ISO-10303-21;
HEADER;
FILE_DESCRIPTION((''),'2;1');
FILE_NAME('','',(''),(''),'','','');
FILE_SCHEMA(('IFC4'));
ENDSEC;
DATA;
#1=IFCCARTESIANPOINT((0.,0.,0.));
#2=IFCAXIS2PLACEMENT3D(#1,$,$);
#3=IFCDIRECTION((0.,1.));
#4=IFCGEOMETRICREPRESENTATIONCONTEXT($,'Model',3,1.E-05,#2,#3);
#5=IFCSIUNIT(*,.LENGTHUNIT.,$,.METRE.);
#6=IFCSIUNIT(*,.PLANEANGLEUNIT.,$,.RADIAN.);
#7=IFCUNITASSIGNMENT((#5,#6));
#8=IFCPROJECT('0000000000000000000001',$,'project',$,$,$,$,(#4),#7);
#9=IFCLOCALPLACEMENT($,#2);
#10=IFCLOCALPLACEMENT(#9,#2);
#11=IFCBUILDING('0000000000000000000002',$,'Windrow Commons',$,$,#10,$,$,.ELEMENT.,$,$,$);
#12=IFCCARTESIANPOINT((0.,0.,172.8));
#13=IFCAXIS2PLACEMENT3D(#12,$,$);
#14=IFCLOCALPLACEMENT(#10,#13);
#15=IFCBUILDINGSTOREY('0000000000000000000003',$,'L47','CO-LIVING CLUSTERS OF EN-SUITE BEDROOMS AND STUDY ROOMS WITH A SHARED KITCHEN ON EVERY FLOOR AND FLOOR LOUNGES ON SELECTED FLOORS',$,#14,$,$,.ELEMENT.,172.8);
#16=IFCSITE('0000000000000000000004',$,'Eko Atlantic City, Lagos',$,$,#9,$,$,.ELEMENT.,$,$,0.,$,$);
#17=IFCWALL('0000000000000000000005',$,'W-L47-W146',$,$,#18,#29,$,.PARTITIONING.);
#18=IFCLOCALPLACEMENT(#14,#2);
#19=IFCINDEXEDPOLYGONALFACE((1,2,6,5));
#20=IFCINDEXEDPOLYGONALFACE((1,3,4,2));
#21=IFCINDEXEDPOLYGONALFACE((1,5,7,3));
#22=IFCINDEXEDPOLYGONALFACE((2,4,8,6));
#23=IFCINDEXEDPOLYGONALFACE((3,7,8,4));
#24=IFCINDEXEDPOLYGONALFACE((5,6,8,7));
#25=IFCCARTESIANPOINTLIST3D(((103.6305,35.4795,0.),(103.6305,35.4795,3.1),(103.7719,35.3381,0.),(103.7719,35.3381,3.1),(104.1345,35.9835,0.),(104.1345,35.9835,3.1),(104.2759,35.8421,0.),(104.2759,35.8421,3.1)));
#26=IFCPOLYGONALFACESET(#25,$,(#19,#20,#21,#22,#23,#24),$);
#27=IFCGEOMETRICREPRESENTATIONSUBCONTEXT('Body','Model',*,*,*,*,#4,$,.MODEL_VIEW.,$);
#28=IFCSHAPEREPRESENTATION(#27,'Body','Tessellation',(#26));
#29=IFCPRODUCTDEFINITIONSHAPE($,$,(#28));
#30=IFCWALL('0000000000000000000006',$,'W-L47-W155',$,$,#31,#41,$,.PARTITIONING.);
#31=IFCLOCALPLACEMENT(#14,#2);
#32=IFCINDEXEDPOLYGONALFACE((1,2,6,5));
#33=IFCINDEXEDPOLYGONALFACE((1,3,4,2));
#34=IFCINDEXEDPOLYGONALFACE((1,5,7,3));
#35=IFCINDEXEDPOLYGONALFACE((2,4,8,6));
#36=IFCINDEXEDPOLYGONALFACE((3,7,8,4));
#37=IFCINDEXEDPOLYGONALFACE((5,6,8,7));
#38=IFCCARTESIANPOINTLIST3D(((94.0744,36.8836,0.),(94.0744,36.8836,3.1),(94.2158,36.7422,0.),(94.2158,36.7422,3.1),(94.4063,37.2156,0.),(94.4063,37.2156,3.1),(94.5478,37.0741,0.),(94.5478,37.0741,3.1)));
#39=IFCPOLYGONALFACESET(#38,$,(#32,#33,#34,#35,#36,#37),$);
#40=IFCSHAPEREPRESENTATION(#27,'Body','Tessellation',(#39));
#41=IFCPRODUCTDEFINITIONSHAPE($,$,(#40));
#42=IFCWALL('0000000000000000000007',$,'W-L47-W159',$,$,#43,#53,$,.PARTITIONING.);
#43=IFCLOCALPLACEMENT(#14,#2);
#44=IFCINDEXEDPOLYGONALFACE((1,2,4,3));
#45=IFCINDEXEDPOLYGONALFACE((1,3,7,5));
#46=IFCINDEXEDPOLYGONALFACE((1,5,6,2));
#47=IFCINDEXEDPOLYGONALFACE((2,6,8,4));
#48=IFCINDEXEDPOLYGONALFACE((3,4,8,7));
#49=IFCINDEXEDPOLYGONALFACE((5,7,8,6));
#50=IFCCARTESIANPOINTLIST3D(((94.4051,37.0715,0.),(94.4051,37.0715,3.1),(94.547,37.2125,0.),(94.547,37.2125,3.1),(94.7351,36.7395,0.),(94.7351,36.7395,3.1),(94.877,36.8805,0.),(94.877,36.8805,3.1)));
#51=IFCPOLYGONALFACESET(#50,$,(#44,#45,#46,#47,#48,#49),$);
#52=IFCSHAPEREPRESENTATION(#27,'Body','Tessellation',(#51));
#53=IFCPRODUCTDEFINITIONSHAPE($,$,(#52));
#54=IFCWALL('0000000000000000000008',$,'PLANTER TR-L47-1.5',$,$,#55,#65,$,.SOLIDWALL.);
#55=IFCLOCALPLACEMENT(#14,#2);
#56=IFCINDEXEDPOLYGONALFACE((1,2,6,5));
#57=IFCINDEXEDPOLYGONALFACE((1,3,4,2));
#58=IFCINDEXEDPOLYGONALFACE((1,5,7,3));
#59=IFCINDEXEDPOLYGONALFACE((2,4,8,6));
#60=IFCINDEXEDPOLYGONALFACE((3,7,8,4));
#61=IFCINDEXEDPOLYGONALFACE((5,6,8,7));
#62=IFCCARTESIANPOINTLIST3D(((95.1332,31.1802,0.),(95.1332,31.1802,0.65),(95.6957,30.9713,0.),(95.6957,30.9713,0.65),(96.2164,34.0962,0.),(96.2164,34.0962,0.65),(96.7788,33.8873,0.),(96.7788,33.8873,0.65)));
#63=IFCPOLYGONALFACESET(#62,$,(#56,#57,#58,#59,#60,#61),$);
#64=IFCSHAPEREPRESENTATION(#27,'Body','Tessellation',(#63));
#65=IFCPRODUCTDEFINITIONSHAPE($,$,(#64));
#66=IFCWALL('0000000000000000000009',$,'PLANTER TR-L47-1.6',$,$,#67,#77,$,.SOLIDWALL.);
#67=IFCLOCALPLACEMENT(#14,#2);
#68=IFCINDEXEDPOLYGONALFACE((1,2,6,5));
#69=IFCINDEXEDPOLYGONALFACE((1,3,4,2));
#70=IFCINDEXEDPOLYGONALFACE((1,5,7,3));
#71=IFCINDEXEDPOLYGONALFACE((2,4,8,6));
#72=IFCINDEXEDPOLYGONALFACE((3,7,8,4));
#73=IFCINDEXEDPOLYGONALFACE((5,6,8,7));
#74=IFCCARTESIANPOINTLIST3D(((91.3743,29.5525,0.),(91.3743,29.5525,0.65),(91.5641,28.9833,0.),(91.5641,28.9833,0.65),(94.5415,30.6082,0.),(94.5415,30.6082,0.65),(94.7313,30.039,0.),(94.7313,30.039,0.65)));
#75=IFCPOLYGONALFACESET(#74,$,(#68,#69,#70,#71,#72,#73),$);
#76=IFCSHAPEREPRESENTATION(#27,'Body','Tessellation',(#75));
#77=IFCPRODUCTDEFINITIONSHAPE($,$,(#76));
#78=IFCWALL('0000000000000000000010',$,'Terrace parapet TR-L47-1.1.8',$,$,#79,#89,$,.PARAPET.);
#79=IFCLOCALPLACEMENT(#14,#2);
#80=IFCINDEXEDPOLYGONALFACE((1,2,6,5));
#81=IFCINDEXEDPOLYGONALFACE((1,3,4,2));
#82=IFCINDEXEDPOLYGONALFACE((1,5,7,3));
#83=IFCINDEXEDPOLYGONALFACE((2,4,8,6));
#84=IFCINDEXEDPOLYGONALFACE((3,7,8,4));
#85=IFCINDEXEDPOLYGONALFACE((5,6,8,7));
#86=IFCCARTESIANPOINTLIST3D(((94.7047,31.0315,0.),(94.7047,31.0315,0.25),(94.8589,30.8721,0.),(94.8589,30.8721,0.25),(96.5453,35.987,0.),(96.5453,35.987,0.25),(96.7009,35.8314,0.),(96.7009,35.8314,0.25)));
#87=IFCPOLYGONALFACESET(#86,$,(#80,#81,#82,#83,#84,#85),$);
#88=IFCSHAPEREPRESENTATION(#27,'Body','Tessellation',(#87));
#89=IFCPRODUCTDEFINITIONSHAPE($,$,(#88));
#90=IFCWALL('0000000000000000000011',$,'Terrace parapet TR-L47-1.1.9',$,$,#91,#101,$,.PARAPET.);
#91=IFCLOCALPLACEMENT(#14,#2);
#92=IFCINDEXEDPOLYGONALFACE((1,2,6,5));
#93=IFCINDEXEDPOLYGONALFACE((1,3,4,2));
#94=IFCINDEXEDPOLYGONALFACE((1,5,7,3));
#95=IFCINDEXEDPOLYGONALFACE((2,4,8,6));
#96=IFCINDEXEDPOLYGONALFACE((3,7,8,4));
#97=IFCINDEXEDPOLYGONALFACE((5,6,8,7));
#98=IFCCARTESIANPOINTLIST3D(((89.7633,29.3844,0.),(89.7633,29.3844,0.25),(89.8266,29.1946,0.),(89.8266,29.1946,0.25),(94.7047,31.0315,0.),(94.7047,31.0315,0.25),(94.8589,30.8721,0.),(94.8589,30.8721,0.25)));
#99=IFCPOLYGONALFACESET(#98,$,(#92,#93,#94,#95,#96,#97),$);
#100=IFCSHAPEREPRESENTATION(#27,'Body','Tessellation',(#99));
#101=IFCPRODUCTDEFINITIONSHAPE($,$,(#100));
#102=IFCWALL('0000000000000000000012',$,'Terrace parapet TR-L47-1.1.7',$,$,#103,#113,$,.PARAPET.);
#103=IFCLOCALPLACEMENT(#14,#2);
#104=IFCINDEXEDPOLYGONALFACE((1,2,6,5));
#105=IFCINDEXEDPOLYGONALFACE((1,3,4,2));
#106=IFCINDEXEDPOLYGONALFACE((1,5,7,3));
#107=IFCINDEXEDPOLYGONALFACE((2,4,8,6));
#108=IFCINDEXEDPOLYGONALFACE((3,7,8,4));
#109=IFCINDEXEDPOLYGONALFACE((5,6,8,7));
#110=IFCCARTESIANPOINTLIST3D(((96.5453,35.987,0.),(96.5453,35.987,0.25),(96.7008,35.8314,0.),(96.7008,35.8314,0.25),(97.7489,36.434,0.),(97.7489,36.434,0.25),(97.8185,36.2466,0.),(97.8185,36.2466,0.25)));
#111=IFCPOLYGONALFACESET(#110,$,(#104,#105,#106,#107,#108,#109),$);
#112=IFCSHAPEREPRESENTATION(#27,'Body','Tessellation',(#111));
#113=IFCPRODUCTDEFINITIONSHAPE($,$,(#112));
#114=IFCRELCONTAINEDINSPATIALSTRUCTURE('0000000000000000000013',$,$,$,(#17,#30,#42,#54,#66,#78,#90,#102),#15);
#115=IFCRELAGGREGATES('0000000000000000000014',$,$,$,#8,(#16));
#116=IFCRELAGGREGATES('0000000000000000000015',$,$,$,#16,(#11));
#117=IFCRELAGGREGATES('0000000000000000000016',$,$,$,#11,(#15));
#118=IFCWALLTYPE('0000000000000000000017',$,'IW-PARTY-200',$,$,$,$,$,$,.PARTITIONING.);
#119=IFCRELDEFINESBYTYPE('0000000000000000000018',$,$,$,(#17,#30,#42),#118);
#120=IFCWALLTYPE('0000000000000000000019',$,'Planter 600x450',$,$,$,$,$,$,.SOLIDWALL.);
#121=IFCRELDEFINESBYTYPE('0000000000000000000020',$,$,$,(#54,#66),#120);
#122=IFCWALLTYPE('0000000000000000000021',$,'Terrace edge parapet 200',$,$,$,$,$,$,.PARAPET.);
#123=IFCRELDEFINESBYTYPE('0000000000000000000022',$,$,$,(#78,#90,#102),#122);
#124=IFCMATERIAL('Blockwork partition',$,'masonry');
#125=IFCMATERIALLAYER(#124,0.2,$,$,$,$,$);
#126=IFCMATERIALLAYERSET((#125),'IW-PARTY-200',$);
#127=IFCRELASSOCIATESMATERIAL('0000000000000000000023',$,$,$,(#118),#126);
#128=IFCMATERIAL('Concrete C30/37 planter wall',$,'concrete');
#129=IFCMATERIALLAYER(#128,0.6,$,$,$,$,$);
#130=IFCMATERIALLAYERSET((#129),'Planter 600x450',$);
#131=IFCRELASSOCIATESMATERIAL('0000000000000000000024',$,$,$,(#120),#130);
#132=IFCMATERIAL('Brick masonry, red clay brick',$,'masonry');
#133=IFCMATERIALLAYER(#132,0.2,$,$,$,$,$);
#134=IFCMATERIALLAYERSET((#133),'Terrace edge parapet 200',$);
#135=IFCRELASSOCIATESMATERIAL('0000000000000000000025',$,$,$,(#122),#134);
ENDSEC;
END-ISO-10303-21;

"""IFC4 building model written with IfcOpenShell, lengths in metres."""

from ifc_helpers import new_model, si_unit, direction, frame, frame_2d, origin, place, context, subcontext, project, spatial, polyline, rectangle, outline, extrude, material, layer, layer_set, type_object, element, save


model = new_model("IFC4")

# Units and contexts
model_context = context("Model", 3, precision=1e-05, world=origin(), true_north=direction((0.0, 1.0)))
body_context = subcontext(model_context, "Body", "Model", "MODEL_VIEW")
ifc_project = project(units=[si_unit("LENGTHUNIT", "METRE"), si_unit("PLANEANGLEUNIT", "RADIAN")], contexts=[model_context])

# Site, building, storey
site_placement = place(None, origin())
site = spatial("IfcSite", under=ifc_project, at=site_placement, Name="Eko Atlantic City, Lagos", CompositionType="ELEMENT", RefElevation=0.0)
building_placement = place(site_placement, origin())
building = spatial("IfcBuilding", under=site, at=building_placement, Name="Windrow Commons", CompositionType="ELEMENT")
storey_placement = place(building_placement, frame((0.0, 0.0, 172.8)))
storey = spatial("IfcBuildingStorey", under=building, at=storey_placement, Name="L47", Description="CO-LIVING CLUSTERS OF EN-SUITE BEDROOMS AND STUDY ROOMS WITH A SHARED KITCHEN ON EVERY FLOOR AND FLOOR LOUNGES ON SELECTED FLOORS", CompositionType="ELEMENT", Elevation=172.8)

# Walls
ifc_material_1 = material(Name="Blockwork partition", Category="masonry")
ifc_layer_1 = layer(ifc_material_1, 0.2)
ifc_layer_set_1 = layer_set([ifc_layer_1], Name="IW-PARTY-200")
wall_type_1 = type_object("IfcWallType", Name="IW-PARTY-200", PredefinedType="PARTITIONING", material=ifc_layer_set_1)
wall_1_placement = place(storey_placement, frame((103.7012, 35.4088, 0.0), z_axis=(0.0, 0.0, 1.0), x_axis=(0.707107, 0.707107, 0.0)))
element("IfcWall", 1, at=wall_1_placement, inside=storey, type_object=wall_type_1, Name="W-L47-W146", PredefinedType="PARTITIONING", context=body_context, shape_type="SweptSolid", body=[
    extrude(rectangle(XDim=0.7128, YDim=0.2, at=frame_2d((0.3564, 0.0))), origin(), (0.0, 0.0, 1.0), 3.1),
])
wall_2_placement = place(storey_placement, frame((94.1451, 36.8129, 0.0), z_axis=(0.0, 0.0, 1.0), x_axis=(0.707107, 0.707107, 0.0)))
element("IfcWall", 2, at=wall_2_placement, inside=storey, type_object=wall_type_1, Name="W-L47-W155", PredefinedType="PARTITIONING", context=body_context, shape_type="SweptSolid", body=[
    extrude(rectangle(XDim=0.4695, YDim=0.2, at=frame_2d((0.2347, 0.0))), origin(), (0.0, 0.0, 1.0), 3.1),
])
wall_3_placement = place(storey_placement, frame((94.476, 37.142, 0.0), z_axis=(0.0, 0.0, 1.0), x_axis=(0.704967, -0.70924, 0.0)))
element("IfcWall", 3, at=wall_3_placement, inside=storey, type_object=wall_type_1, Name="W-L47-W159", PredefinedType="PARTITIONING", context=body_context, shape_type="SweptSolid", body=[
    extrude(rectangle(XDim=0.4681, YDim=0.2, at=frame_2d((0.2341, 0.0))), origin(), (0.0, 0.0, 1.0), 3.1),
])
ifc_material_2 = material(Name="Concrete C30/37 planter wall", Category="concrete")
ifc_layer_2 = layer(ifc_material_2, 0.6)
ifc_layer_set_2 = layer_set([ifc_layer_2], Name="Planter 600x450")
wall_type_2 = type_object("IfcWallType", Name="Planter 600x450", PredefinedType="SOLIDWALL", material=ifc_layer_set_2)
wall_4_placement = place(storey_placement, frame((96.4976, 33.9918, 0.0), z_axis=(0.0, 0.0, 1.0), x_axis=(-0.348191, -0.937424, 0.0)))
element("IfcWall", 4, at=wall_4_placement, inside=storey, type_object=wall_type_2, Name="PLANTER TR-L47-1.5", PredefinedType="SOLIDWALL", context=body_context, shape_type="SweptSolid", body=[
    extrude(rectangle(XDim=3.1107, YDim=0.6, at=frame_2d((1.5554, 0.0))), origin(), (0.0, 0.0, 1.0), 0.65),
])
wall_5_placement = place(storey_placement, frame((94.6364, 30.3236, 0.0), z_axis=(0.0, 0.0, 1.0), x_axis=(-0.948686, -0.316219, 0.0)))
element("IfcWall", 5, at=wall_5_placement, inside=storey, type_object=wall_type_2, Name="PLANTER TR-L47-1.6", PredefinedType="SOLIDWALL", context=body_context, shape_type="SweptSolid", body=[
    extrude(outline(polyline([(0.0, -0.3), (3.3385, -0.3), (3.3385, 0.3), (0.0, 0.3), (0.0, -0.3)])), origin(), (0.0, 0.0, 1.0), 0.65),
])
ifc_material_3 = material(Name="Brick masonry, red clay brick", Category="masonry")
ifc_layer_3 = layer(ifc_material_3, 0.2)
ifc_layer_set_3 = layer_set([ifc_layer_3], Name="Terrace edge parapet 200")
wall_type_3 = type_object("IfcWallType", Name="Terrace edge parapet 200", PredefinedType="PARAPET", material=ifc_layer_set_3)
wall_6_placement = place(storey_placement, frame((96.6231, 35.9092, 0.0), z_axis=(0.0, 0.0, 1.0), x_axis=(-0.348183, -0.937427, 0.0)))
element("IfcWall", 6, at=wall_6_placement, inside=storey, type_object=wall_type_3, Name="Terrace parapet TR-L47-1.1.8", PredefinedType="PARAPET", context=body_context, shape_type="SweptSolid", body=[
    extrude(outline(polyline([(-0.0458, -0.1), (5.2404, -0.1), (5.3362, 0.1), (0.0458, 0.1), (-0.0458, -0.1)])), origin(), (0.0, 0.0, 1.0), 0.25),
])
wall_7_placement = place(storey_placement, frame((94.7818, 30.9518, 0.0), z_axis=(0.0, 0.0, 1.0), x_axis=(-0.948681, -0.316233, 0.0)))
element("IfcWall", 7, at=wall_7_placement, inside=storey, type_object=wall_type_3, Name="Terrace parapet TR-L47-1.1.9", PredefinedType="PARAPET", context=body_context, shape_type="SweptSolid", body=[
    extrude(outline(polyline([(0.0479, -0.1), (5.2566, -0.1), (5.2566, 0.1), (-0.0479, 0.1), (0.0479, -0.1)])), origin(), (0.0, 0.0, 1.0), 0.25),
])
wall_8_placement = place(storey_placement, frame((97.7837, 36.3403, 0.0), z_axis=(0.0, 0.0, 1.0), x_axis=(-0.93742, -0.348201, 0.0)))
element("IfcWall", 8, at=wall_8_placement, inside=storey, type_object=wall_type_3, Name="Terrace parapet TR-L47-1.1.7", PredefinedType="PARAPET", context=body_context, shape_type="SweptSolid", body=[
    extrude(outline(polyline([(0.0, -0.1), (1.2839, -0.1), (1.1923, 0.1), (0.0, 0.1), (0.0, -0.1)])), origin(), (0.0, 0.0, 1.0), 0.25),
])

save(model, "model.ifc")
